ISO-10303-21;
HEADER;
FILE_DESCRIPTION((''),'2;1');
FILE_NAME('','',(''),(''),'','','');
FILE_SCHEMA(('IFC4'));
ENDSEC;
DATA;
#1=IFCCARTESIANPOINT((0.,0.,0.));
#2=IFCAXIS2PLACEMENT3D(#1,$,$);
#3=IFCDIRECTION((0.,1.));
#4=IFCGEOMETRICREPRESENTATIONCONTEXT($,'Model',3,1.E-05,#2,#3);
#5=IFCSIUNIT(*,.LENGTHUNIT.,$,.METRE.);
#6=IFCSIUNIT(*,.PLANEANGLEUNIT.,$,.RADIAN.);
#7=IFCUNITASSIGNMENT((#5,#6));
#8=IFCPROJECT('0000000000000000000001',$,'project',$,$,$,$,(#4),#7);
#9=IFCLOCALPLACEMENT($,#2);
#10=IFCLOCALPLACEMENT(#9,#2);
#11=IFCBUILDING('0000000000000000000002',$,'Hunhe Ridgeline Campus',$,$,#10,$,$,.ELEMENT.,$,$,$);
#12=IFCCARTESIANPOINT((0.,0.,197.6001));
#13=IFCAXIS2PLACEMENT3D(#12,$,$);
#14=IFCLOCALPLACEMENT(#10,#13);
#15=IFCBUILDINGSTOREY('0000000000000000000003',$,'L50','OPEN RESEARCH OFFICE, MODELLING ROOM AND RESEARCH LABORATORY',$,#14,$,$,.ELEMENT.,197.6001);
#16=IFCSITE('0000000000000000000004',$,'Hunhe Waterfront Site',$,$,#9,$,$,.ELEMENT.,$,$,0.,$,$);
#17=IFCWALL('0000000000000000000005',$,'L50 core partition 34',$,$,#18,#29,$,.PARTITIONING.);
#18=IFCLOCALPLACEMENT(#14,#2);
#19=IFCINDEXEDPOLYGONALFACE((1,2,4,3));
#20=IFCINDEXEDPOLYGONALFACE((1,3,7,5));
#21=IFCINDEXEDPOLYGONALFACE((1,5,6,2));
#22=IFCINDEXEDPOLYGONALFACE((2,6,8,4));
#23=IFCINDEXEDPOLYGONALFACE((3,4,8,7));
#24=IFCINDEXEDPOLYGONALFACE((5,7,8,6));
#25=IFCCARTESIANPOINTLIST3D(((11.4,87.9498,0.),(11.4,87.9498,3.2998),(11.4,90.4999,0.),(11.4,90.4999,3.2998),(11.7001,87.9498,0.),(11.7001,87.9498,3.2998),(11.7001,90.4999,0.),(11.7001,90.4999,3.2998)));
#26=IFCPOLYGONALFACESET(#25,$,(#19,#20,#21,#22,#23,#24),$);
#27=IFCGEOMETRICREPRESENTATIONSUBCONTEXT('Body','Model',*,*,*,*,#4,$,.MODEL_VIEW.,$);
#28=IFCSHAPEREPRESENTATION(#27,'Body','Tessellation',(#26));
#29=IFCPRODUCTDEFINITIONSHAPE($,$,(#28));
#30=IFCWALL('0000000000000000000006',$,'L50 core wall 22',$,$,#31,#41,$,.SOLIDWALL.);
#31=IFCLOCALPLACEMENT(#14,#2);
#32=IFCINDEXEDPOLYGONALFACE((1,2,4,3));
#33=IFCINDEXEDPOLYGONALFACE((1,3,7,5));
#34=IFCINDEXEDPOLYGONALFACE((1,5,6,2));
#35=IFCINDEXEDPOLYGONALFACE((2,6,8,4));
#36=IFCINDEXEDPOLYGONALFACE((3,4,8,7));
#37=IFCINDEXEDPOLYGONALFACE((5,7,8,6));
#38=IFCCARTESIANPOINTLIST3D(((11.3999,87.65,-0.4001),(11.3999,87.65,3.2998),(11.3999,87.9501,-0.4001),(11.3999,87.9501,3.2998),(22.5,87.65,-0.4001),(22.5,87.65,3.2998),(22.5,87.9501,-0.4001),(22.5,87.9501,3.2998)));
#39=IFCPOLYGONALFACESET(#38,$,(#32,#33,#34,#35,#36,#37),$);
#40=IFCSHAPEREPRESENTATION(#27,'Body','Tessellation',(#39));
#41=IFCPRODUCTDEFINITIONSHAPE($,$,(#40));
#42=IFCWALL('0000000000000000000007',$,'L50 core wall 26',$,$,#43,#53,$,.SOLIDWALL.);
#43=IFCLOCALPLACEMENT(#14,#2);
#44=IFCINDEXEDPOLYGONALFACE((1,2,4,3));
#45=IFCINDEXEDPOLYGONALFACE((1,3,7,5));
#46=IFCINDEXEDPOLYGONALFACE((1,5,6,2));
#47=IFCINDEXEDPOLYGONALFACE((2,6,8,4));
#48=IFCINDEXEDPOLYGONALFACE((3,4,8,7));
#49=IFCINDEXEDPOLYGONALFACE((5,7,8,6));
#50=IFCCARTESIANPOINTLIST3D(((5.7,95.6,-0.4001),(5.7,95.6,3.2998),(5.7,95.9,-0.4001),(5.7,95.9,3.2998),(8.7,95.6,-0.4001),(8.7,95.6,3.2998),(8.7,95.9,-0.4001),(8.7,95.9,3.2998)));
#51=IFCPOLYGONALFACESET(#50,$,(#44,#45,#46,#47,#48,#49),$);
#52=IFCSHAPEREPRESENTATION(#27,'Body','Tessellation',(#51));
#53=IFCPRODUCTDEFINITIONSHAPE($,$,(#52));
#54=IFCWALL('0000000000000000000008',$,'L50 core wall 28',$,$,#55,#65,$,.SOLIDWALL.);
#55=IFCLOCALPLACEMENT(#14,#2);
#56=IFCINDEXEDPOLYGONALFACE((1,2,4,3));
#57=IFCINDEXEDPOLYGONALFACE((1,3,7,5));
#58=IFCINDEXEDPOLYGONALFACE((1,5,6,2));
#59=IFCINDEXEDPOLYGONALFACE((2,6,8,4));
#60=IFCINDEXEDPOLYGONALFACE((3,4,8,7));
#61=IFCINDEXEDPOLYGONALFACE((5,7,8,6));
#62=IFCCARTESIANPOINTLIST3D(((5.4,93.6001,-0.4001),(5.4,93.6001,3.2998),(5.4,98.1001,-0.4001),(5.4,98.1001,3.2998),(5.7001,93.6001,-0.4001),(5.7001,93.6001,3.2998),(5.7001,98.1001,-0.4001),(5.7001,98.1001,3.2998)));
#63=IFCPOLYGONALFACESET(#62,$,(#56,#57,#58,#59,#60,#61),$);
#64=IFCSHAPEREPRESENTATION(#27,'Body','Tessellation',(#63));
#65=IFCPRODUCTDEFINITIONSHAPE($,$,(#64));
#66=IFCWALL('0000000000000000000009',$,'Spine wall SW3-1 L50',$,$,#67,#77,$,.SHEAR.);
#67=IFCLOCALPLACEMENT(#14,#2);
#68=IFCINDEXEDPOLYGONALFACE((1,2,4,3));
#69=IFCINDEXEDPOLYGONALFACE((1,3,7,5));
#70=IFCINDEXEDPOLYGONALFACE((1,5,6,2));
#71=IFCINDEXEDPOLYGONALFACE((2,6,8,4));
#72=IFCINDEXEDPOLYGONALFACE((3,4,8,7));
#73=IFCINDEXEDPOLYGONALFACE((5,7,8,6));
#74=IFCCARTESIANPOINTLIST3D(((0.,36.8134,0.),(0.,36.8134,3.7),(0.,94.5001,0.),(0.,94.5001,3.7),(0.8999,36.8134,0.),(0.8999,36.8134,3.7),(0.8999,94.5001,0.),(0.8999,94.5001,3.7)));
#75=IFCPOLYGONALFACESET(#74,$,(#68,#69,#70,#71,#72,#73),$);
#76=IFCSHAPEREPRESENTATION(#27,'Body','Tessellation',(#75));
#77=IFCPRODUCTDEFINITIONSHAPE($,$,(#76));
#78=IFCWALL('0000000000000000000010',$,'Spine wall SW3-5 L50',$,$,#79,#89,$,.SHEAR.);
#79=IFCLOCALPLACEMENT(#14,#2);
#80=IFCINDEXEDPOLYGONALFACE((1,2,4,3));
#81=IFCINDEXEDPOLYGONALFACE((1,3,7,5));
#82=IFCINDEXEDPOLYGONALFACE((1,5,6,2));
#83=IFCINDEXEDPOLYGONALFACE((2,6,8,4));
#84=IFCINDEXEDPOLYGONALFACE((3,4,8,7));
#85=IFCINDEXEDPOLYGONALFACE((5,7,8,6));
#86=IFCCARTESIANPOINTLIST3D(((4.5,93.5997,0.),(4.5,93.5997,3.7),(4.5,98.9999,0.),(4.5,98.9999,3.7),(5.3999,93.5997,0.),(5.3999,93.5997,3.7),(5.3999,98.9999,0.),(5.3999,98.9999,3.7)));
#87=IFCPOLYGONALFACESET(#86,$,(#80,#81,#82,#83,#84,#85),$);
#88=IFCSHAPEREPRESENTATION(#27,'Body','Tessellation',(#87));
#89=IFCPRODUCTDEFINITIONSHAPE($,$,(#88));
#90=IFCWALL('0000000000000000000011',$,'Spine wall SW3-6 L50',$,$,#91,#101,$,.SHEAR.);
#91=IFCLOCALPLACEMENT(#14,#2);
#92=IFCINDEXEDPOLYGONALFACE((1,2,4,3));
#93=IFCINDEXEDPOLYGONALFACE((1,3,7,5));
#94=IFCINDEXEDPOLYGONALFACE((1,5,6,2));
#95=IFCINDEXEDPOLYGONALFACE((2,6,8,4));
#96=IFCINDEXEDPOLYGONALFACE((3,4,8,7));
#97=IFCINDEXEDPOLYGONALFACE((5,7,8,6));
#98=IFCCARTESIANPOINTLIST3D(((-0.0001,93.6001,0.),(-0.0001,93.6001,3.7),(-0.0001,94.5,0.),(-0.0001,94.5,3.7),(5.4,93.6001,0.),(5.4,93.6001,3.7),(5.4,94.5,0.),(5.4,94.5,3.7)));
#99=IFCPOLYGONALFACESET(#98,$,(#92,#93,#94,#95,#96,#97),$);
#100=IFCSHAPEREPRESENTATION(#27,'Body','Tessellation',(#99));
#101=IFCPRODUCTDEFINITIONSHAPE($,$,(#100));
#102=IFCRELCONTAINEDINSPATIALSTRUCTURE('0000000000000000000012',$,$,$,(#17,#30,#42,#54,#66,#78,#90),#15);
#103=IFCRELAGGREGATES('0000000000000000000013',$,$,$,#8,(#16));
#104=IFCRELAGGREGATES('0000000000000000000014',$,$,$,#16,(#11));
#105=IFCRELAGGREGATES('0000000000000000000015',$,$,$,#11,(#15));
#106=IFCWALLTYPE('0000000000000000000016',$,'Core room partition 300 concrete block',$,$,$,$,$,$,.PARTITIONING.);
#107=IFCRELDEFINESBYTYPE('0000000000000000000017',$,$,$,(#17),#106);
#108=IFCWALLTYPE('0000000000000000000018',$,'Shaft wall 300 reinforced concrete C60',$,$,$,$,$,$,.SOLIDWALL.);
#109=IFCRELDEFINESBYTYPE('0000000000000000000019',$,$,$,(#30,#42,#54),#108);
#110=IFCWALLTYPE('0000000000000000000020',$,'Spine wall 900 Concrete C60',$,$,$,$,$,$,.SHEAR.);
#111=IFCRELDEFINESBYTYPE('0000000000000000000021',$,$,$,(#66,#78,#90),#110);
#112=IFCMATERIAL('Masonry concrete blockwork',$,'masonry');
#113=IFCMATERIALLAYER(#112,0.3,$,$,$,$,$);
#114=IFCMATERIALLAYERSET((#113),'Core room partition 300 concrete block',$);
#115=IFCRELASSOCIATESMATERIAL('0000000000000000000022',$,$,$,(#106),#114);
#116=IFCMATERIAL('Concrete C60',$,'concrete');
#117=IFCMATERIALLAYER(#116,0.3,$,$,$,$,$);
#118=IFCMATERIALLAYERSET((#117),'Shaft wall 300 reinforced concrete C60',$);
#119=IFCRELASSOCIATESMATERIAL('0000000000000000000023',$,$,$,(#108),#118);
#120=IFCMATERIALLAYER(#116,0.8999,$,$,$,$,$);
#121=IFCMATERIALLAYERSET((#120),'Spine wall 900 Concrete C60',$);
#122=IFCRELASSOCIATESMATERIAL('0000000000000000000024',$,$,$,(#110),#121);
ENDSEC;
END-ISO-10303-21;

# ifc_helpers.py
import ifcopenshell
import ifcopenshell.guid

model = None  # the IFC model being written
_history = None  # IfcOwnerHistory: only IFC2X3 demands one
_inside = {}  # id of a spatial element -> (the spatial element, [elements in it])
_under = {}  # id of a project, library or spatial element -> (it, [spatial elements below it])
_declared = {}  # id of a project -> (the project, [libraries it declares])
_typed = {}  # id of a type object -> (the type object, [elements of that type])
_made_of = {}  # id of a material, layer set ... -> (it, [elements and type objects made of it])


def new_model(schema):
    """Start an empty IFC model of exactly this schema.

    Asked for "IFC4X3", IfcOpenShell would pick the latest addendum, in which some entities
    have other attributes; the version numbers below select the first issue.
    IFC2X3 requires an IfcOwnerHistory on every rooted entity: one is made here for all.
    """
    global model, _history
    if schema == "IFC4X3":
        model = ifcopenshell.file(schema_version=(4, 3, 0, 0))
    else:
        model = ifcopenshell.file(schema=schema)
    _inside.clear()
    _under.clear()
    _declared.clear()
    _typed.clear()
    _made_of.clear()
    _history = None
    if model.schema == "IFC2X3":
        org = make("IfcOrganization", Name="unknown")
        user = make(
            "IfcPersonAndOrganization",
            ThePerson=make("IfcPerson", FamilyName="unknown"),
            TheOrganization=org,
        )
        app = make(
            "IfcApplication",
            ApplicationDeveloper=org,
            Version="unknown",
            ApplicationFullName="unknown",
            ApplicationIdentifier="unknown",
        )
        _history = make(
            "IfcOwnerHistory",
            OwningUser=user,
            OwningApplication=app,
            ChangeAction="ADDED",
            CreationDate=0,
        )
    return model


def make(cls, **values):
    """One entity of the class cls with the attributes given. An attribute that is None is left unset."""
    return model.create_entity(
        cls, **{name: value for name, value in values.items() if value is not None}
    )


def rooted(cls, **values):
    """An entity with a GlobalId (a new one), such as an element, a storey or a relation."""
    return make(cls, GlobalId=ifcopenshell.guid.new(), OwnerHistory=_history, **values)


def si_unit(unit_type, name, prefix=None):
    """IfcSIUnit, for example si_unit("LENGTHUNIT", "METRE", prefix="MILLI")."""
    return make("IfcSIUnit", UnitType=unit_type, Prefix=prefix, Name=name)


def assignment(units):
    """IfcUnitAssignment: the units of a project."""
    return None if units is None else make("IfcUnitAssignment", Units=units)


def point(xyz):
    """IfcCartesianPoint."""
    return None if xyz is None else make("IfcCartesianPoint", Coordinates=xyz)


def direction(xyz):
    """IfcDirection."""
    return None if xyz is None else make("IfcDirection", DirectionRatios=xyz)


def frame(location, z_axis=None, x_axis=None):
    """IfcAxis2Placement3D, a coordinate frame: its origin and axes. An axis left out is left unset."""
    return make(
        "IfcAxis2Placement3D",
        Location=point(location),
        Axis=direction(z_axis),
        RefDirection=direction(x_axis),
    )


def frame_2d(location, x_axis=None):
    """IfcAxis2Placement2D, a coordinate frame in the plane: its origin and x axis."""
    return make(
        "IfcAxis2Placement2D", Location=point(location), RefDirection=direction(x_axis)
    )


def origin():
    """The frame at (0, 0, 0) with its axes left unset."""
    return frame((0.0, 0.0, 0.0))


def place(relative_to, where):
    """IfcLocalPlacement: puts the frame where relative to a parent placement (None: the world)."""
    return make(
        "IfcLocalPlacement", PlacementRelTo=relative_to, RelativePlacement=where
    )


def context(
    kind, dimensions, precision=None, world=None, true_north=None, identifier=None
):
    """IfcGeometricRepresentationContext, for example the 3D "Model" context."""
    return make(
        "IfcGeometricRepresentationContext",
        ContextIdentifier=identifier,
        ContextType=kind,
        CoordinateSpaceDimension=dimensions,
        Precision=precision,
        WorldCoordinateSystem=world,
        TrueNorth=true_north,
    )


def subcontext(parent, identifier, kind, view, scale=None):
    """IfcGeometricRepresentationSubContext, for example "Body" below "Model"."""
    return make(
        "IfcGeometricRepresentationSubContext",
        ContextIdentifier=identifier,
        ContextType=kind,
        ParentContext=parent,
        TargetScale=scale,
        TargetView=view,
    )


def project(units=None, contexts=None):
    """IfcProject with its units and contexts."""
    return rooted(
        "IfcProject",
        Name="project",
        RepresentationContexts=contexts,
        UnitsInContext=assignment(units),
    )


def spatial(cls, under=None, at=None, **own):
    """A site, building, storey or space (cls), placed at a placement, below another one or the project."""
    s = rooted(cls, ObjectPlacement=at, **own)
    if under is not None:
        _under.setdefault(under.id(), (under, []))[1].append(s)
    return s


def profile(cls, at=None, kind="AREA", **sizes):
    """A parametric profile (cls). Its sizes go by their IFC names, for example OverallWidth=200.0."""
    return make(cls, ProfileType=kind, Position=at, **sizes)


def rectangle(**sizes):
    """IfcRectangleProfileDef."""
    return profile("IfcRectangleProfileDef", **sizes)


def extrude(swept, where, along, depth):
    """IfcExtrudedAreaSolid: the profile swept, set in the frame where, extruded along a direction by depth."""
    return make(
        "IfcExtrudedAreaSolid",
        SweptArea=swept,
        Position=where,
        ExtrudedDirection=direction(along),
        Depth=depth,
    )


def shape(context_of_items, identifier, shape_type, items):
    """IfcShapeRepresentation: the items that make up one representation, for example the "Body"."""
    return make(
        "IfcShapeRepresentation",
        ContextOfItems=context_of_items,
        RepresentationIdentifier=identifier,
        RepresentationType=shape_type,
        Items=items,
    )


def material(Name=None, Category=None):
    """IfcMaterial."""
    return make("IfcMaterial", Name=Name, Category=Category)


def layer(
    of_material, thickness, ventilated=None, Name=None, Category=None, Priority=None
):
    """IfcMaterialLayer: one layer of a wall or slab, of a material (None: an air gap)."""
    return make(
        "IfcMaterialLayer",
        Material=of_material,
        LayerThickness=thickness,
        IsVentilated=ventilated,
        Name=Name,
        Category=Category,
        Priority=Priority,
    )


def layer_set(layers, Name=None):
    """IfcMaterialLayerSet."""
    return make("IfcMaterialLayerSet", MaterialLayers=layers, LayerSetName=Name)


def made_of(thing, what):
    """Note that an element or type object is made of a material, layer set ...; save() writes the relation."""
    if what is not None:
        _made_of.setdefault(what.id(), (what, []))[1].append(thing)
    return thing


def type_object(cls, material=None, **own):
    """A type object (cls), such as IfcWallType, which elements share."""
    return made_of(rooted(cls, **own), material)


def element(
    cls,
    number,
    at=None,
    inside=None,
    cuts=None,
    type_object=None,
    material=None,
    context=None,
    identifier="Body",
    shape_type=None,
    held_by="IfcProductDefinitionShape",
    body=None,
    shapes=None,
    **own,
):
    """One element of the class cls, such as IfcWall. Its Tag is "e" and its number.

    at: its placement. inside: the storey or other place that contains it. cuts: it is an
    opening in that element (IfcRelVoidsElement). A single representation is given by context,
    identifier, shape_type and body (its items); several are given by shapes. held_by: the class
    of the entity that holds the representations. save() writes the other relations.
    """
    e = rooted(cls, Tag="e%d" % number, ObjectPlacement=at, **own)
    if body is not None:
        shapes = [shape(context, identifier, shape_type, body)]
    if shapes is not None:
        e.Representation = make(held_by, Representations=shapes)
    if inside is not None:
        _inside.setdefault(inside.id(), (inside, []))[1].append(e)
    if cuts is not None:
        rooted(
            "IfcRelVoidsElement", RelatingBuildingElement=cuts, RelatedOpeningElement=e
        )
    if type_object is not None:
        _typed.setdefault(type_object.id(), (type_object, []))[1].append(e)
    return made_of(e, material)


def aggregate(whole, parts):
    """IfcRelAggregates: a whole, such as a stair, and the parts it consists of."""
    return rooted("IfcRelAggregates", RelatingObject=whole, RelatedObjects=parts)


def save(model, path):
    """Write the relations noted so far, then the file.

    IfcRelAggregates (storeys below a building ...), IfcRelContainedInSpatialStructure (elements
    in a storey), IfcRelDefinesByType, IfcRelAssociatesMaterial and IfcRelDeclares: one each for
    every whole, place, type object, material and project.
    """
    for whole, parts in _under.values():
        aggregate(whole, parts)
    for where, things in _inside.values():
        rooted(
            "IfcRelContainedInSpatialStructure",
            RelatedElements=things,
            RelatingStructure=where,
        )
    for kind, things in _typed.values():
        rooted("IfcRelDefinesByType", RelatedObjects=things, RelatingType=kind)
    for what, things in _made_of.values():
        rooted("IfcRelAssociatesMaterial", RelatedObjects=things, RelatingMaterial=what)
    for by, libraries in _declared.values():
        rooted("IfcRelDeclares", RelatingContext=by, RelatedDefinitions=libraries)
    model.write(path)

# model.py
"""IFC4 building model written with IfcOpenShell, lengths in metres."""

from ifc_helpers import new_model, si_unit, direction, frame, frame_2d, origin, place, context, subcontext, project, spatial, rectangle, extrude, material, layer, layer_set, type_object, element, save


model = new_model("IFC4")

# Units and contexts
model_context = context("Model", 3, precision=1e-05, world=origin(), true_north=direction((0.0, 1.0)))
body_context = subcontext(model_context, "Body", "Model", "MODEL_VIEW")
ifc_project = project(units=[si_unit("LENGTHUNIT", "METRE"), si_unit("PLANEANGLEUNIT", "RADIAN")], contexts=[model_context])

# Site, building, storey
site_placement = place(None, origin())
site = spatial("IfcSite", under=ifc_project, at=site_placement, Name="Hunhe Waterfront Site", CompositionType="ELEMENT", RefElevation=0.0)
building_placement = place(site_placement, origin())
building = spatial("IfcBuilding", under=site, at=building_placement, Name="Hunhe Ridgeline Campus", CompositionType="ELEMENT")
storey_placement = place(building_placement, frame((0.0, 0.0, 197.6001)))
storey = spatial("IfcBuildingStorey", under=building, at=storey_placement, Name="L50", Description="OPEN RESEARCH OFFICE, MODELLING ROOM AND RESEARCH LABORATORY", CompositionType="ELEMENT", Elevation=197.6001)

# Wall
ifc_material_1 = material(Name="Masonry concrete blockwork", Category="masonry")
ifc_layer_1 = layer(ifc_material_1, 0.3)
ifc_layer_set_1 = layer_set([ifc_layer_1], Name="Core room partition 300 concrete block")
wall_type_1 = type_object("IfcWallType", Name="Core room partition 300 concrete block", PredefinedType="PARTITIONING", material=ifc_layer_set_1)
wall_1_placement = place(storey_placement, frame((11.55, 87.95, 0.0), z_axis=(0.0, 0.0, 1.0), x_axis=(0.0, 1.0, 0.0)))
element("IfcWall", 1, at=wall_1_placement, inside=storey, type_object=wall_type_1, Name="L50 core partition 34", PredefinedType="PARTITIONING", context=body_context, shape_type="SweptSolid", body=[
    extrude(rectangle(XDim=2.55, YDim=0.3, at=frame_2d((1.2749, 0.0))), origin(), (0.0, 0.0, 1.0), 3.2998),
])

# Shared definitions
ifc_material_2 = material(Name="Concrete C60", Category="concrete")

# Wall
ifc_layer_2 = layer(ifc_material_2, 0.3)
ifc_layer_set_2 = layer_set([ifc_layer_2], Name="Shaft wall 300 reinforced concrete C60")
wall_type_2 = type_object("IfcWallType", Name="Shaft wall 300 reinforced concrete C60", PredefinedType="SOLIDWALL", material=ifc_layer_set_2)
wall_2_placement = place(storey_placement, frame((11.3999, 87.8, -0.4001), z_axis=(0.0, 0.0, 1.0), x_axis=(1.0, 0.0, 0.0)))
element("IfcWall", 2, at=wall_2_placement, inside=storey, type_object=wall_type_2, Name="L50 core wall 22", PredefinedType="SOLIDWALL", context=body_context, shape_type="SweptSolid", body=[
    extrude(rectangle(XDim=11.1001, YDim=0.3, at=frame_2d((5.55, 0.0))), origin(), (0.0, 0.0, 1.0), 3.7),
])

# Walls
wall_3_placement = place(storey_placement, frame((5.7, 95.75, -0.4001), z_axis=(0.0, 0.0, 1.0), x_axis=(1.0, 0.0, 0.0)))
element("IfcWall", 3, at=wall_3_placement, inside=storey, type_object=wall_type_2, Name="L50 core wall 26", PredefinedType="SOLIDWALL", context=body_context, shape_type="SweptSolid", body=[
    extrude(rectangle(XDim=3.0, YDim=0.3, at=frame_2d((1.5, 0.0))), origin(), (0.0, 0.0, 1.0), 3.7),
])
wall_4_placement = place(storey_placement, frame((5.55, 93.6001, -0.4001), z_axis=(0.0, 0.0, 1.0), x_axis=(0.0, 1.0, 0.0)))
element("IfcWall", 4, at=wall_4_placement, inside=storey, type_object=wall_type_2, Name="L50 core wall 28", PredefinedType="SOLIDWALL", context=body_context, shape_type="SweptSolid", body=[
    extrude(rectangle(XDim=4.5, YDim=0.3, at=frame_2d((2.25, 0.0))), origin(), (0.0, 0.0, 1.0), 3.7),
])

# Walls
ifc_layer_3 = layer(ifc_material_2, 0.8999)
ifc_layer_set_3 = layer_set([ifc_layer_3], Name="Spine wall 900 Concrete C60")
wall_type_3 = type_object("IfcWallType", Name="Spine wall 900 Concrete C60", PredefinedType="SHEAR", material=ifc_layer_set_3)
wall_5_placement = place(storey_placement, frame((0.45, 94.5, 0.0), z_axis=(0.0, 0.0, 1.0), x_axis=(0.0, -1.0, 0.0)))
element("IfcWall", 5, at=wall_5_placement, inside=storey, type_object=wall_type_3, Name="Spine wall SW3-1 L50", PredefinedType="SHEAR", context=body_context, shape_type="SweptSolid", body=[
    extrude(rectangle(XDim=57.6868, YDim=0.8999, at=frame_2d((28.8433, 0.0))), origin(), (0.0, 0.0, 1.0), 3.7),
])
for number, where, z_axis, x_axis, name in (
    (6, (4.95, 99.0, 0.0), (0.0, 0.0, 1.0), (0.0, -1.0, 0.0), "Spine wall SW3-5 L50"),
    (7, (5.4001, 94.05, 0.0), (0.0, 0.0, 1.0), (-1.0, 0.0, 0.0), "Spine wall SW3-6 L50"),
):
    element("IfcWall", number, at=place(storey_placement, frame(where, z_axis=z_axis, x_axis=x_axis)), inside=storey, type_object=wall_type_3, Name=name, PredefinedType="SHEAR", context=body_context, shape_type="SweptSolid", body=[
        extrude(rectangle(XDim=5.4001, YDim=0.8999, at=frame_2d((2.7002, 0.0))), origin(), (0.0, 0.0, 1.0), 3.7),
    ])

save(model, "model.ifc")
